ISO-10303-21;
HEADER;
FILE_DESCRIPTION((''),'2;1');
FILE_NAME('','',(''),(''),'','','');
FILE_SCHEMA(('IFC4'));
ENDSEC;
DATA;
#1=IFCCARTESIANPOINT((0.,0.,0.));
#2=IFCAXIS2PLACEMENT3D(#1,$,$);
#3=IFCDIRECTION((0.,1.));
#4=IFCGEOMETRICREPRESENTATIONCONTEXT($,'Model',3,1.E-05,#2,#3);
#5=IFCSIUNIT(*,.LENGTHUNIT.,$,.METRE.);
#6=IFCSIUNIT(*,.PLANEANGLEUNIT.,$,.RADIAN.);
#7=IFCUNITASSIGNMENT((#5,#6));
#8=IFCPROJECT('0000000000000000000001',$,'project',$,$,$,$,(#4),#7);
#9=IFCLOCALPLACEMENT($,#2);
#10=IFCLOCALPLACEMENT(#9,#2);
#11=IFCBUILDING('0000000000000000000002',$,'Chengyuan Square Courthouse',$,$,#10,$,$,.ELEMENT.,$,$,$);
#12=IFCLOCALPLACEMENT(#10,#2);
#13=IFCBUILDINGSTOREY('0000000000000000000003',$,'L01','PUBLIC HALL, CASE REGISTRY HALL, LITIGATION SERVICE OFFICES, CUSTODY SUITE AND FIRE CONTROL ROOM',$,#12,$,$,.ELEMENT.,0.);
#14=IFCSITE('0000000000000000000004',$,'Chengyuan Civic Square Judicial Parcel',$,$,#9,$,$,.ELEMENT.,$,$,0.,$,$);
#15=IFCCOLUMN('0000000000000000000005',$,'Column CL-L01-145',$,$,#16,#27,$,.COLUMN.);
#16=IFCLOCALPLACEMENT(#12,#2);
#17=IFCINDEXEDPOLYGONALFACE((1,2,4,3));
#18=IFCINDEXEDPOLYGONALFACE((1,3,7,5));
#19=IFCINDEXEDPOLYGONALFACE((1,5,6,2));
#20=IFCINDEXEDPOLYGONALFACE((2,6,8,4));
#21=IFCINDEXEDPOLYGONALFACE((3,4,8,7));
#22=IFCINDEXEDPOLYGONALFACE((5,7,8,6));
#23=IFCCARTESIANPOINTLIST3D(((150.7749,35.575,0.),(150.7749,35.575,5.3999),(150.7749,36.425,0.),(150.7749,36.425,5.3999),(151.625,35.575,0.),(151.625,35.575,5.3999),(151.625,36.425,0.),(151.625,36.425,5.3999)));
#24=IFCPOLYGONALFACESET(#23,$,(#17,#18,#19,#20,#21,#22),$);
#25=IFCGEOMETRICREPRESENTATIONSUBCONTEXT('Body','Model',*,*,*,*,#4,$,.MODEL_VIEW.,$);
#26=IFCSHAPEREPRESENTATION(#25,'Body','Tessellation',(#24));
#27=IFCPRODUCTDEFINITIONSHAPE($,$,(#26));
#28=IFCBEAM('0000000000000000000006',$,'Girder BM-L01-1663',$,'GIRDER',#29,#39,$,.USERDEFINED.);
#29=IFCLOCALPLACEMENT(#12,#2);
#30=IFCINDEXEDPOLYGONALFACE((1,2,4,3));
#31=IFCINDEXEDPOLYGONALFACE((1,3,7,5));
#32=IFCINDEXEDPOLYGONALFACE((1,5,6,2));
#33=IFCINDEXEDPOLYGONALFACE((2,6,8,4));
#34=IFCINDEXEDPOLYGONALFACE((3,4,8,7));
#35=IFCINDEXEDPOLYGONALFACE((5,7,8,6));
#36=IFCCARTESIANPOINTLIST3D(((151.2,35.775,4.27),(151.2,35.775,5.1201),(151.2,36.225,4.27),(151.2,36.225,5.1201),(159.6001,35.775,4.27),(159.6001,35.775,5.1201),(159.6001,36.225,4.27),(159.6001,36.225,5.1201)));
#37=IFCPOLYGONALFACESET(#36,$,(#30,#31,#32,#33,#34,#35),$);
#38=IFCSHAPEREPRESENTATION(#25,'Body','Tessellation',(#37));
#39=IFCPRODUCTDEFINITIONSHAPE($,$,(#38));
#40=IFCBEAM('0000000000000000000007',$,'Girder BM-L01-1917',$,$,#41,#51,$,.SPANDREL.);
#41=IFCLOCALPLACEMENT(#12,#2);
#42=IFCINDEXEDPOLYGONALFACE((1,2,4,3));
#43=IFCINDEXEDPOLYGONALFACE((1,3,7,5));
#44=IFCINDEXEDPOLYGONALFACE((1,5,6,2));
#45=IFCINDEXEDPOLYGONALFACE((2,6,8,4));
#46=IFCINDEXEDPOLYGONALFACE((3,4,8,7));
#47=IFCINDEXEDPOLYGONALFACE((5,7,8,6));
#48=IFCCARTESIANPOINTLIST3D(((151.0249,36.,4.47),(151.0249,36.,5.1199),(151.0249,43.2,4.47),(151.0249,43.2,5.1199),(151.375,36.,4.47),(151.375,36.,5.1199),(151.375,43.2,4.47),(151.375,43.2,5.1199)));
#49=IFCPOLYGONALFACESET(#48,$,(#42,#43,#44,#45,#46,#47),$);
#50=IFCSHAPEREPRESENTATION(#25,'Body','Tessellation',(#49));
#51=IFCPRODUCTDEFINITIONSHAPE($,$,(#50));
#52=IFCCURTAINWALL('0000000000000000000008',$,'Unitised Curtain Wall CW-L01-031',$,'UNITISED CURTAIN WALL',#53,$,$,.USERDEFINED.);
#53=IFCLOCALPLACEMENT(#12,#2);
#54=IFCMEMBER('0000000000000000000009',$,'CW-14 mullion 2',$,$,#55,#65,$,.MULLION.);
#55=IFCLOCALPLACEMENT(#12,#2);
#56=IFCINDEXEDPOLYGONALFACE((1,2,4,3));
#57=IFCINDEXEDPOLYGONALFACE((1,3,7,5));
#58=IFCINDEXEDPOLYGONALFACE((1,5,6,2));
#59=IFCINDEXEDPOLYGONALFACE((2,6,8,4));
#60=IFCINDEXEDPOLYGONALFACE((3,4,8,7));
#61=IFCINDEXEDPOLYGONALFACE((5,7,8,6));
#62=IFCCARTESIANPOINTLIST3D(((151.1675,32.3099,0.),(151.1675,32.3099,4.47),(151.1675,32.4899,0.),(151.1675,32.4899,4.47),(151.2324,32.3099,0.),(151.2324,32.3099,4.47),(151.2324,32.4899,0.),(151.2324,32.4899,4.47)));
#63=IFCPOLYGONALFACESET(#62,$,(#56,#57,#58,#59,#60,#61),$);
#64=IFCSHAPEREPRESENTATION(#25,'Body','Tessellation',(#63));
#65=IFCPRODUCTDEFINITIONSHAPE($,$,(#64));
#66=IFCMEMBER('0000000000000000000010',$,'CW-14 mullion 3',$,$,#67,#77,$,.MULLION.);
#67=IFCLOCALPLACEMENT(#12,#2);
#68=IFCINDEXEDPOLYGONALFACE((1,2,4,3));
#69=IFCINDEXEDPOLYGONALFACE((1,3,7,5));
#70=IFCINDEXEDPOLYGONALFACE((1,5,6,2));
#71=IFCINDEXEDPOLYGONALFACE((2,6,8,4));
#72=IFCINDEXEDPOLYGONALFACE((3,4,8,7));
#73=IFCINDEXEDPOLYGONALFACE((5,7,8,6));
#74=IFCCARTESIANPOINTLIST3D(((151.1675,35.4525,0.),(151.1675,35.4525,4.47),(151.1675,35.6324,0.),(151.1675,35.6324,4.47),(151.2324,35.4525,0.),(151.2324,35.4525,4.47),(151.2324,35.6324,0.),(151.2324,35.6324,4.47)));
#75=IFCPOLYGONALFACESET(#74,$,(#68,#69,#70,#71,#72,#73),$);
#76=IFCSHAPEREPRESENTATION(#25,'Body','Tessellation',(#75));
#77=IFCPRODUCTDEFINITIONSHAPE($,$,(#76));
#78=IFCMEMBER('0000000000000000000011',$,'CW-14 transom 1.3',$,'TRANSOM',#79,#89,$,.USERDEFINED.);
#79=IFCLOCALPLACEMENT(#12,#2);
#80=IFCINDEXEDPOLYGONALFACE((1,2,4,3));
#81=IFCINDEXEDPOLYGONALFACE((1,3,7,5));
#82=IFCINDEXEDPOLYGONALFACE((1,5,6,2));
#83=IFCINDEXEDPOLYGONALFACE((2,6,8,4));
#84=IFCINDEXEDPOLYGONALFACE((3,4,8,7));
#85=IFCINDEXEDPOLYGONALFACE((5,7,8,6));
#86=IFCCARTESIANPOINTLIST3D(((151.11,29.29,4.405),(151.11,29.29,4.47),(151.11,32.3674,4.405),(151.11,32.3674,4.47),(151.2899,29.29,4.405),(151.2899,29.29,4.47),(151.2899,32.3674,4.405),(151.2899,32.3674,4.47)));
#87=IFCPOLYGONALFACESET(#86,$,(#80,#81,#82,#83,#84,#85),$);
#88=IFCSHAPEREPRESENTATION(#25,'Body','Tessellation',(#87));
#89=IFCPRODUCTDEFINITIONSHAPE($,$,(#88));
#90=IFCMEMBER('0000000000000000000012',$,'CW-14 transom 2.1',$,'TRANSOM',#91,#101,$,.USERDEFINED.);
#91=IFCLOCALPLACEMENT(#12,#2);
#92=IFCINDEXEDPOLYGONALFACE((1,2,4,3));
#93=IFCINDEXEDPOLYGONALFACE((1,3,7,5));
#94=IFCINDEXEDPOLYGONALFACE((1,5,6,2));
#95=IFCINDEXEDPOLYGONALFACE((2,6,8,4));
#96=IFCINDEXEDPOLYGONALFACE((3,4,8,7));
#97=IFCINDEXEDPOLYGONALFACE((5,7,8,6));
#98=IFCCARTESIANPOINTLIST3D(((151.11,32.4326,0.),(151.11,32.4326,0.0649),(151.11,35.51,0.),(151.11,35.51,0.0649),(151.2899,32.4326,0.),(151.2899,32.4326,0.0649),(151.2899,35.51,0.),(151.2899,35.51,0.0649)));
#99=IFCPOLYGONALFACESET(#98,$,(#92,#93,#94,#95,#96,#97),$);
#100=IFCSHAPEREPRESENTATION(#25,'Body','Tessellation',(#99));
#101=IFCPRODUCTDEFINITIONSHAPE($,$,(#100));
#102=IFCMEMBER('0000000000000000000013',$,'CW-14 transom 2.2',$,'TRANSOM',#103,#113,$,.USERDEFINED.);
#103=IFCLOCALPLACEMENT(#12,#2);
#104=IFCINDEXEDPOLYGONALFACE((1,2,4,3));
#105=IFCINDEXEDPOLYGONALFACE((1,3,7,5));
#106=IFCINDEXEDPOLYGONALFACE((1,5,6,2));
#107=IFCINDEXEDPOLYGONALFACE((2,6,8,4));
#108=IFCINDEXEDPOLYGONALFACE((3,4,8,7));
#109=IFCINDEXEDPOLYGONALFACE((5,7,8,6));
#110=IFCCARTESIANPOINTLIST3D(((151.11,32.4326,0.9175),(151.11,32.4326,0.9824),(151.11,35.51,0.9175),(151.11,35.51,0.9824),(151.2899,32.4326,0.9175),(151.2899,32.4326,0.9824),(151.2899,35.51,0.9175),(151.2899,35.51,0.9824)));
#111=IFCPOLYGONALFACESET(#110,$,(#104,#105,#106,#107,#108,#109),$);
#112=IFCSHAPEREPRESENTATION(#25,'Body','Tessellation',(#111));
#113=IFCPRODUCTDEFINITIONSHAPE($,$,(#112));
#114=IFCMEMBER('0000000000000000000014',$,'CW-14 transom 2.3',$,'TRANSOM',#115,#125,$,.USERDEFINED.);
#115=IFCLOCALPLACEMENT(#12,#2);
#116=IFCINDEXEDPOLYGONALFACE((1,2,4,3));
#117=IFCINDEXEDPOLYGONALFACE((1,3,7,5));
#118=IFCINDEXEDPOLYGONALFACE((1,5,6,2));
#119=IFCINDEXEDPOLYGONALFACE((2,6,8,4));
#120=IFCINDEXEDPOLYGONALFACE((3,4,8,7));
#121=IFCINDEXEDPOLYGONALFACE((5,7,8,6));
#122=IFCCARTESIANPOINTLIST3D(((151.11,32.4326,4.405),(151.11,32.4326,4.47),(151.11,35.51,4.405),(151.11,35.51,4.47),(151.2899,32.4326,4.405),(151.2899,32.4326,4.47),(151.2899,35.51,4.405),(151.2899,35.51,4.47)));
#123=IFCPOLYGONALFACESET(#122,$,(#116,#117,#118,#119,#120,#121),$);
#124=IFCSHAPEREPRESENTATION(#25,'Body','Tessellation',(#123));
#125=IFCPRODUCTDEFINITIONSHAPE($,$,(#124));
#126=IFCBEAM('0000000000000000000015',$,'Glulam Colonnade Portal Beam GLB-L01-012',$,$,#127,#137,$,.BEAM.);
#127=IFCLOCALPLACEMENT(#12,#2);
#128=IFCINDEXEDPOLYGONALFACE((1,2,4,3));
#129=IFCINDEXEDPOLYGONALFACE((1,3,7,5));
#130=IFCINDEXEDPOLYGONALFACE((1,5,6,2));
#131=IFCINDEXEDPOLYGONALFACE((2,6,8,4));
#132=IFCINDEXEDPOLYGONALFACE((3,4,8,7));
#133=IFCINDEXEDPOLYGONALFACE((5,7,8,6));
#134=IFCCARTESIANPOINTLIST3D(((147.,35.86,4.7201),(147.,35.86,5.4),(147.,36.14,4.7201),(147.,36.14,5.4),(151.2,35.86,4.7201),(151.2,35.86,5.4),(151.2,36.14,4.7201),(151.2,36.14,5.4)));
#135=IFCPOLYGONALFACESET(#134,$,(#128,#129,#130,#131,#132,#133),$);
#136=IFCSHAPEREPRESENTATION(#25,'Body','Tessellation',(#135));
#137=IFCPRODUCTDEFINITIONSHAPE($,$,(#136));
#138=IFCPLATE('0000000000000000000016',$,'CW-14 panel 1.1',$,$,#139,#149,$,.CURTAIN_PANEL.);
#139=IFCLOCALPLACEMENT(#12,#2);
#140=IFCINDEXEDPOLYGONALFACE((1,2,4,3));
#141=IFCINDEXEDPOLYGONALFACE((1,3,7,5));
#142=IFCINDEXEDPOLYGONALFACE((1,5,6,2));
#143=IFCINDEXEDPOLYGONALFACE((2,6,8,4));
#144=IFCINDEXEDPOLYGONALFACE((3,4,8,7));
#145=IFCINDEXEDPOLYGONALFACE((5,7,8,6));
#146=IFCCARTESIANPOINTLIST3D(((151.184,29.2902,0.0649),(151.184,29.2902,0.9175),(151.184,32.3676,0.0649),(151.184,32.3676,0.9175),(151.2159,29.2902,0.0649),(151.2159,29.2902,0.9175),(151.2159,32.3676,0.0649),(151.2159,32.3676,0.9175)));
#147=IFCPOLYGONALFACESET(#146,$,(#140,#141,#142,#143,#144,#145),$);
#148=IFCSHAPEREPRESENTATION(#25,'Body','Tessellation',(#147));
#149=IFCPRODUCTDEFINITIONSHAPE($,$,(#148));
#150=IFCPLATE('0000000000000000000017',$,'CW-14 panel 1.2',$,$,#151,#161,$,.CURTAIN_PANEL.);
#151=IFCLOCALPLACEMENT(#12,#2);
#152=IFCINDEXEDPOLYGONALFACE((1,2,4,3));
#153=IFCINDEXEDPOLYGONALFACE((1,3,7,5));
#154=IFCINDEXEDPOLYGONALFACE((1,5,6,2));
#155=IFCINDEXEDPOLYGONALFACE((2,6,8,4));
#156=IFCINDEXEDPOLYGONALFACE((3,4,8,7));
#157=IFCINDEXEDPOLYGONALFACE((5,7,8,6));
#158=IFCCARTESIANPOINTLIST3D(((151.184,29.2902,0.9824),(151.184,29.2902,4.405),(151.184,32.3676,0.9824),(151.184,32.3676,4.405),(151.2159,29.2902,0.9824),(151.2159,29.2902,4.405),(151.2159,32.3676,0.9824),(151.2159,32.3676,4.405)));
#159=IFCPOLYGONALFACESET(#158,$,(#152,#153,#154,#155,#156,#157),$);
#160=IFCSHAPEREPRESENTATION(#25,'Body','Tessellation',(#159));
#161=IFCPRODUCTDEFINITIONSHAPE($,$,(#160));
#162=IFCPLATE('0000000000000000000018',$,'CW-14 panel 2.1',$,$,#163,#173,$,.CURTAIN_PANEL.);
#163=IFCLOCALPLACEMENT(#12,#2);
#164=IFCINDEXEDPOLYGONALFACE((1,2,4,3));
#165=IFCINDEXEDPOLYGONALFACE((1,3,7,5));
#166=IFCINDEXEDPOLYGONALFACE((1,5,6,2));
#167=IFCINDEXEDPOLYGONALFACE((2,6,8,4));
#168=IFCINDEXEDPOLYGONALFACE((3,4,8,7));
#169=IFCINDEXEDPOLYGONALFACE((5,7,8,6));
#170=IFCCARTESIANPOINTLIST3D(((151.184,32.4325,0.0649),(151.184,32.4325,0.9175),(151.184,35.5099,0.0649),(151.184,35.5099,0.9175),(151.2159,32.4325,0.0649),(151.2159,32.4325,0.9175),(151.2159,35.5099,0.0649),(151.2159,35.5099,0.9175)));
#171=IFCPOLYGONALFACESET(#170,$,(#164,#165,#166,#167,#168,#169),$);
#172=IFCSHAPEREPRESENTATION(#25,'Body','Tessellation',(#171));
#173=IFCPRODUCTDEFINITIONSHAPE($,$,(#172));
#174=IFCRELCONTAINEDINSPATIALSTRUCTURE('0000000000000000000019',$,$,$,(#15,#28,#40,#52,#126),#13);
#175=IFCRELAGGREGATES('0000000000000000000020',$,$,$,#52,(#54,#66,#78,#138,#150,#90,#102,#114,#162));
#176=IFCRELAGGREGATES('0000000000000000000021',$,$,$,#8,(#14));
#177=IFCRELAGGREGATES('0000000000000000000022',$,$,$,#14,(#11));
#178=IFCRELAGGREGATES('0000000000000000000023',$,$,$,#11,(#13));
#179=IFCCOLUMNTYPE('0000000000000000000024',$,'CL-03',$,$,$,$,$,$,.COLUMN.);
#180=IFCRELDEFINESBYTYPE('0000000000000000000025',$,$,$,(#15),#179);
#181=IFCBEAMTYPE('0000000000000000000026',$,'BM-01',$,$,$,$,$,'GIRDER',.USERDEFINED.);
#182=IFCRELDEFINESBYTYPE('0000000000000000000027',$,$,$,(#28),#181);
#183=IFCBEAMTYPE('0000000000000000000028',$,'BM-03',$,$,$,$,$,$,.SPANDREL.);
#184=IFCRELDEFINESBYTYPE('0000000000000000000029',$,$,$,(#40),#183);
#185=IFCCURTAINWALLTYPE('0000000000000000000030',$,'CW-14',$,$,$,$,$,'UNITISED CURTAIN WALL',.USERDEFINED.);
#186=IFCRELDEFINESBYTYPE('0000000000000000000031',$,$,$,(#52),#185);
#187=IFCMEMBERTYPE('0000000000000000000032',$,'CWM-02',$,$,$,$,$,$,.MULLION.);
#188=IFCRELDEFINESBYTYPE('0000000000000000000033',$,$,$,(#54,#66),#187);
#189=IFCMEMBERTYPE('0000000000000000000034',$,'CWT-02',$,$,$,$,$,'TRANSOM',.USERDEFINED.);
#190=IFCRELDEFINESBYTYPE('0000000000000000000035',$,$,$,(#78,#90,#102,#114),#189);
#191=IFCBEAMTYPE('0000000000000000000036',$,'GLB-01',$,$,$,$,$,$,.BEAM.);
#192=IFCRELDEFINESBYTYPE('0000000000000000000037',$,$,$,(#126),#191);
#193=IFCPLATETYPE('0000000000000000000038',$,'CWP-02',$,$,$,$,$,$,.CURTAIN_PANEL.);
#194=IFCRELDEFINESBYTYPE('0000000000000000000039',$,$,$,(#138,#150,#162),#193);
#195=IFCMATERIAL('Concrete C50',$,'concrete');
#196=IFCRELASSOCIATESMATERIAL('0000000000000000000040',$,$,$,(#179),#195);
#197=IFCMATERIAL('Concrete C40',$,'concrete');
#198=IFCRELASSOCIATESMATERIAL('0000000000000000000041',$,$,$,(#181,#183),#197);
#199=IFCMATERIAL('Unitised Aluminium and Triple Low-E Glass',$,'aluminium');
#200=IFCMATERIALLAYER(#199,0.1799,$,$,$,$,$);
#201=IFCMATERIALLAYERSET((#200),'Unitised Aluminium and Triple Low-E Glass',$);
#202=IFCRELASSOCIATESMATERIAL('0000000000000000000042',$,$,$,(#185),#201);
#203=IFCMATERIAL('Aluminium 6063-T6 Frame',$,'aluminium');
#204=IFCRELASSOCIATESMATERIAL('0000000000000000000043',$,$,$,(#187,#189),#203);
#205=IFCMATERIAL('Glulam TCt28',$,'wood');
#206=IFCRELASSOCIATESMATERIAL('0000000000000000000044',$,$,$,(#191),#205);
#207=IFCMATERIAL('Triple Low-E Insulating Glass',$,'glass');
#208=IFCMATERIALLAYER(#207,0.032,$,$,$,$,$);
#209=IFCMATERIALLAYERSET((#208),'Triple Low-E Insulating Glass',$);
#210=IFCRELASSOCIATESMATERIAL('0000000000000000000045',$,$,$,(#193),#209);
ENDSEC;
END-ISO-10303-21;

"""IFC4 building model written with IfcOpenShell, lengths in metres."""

from ifc_helpers import new_model, si_unit, direction, frame, origin, origin_2d, place, context, subcontext, project, spatial, rectangle, extrude, material, layer, layer_set, material_profile, profile_set, type_object, element, aggregate, save


model = new_model("IFC4")

# Units and contexts
model_context = context("Model", 3, precision=1e-05, world=origin(), true_north=direction((0.0, 1.0)))
body_context = subcontext(model_context, "Body", "Model", "MODEL_VIEW")
ifc_project = project(units=[si_unit("LENGTHUNIT", "METRE"), si_unit("PLANEANGLEUNIT", "RADIAN")], contexts=[model_context])

# Site, building, storey
site_placement = place(None, origin())
site = spatial("IfcSite", under=ifc_project, at=site_placement, Name="Chengyuan Civic Square Judicial Parcel", CompositionType="ELEMENT", RefElevation=0.0)
building_placement = place(site_placement, origin())
building = spatial("IfcBuilding", under=site, at=building_placement, Name="Chengyuan Square Courthouse", CompositionType="ELEMENT")
storey_placement = place(building_placement, origin())
storey = spatial("IfcBuildingStorey", under=building, at=storey_placement, Name="L01", Description="PUBLIC HALL, CASE REGISTRY HALL, LITIGATION SERVICE OFFICES, CUSTODY SUITE AND FIRE CONTROL ROOM", CompositionType="ELEMENT", Elevation=0.0)

# Column
ifc_material_1 = material(Name="Concrete C50", Category="concrete")
ifc_material_profile_1 = material_profile(ifc_material_1, rectangle(XDim=0.8501, YDim=0.8501, at=origin_2d()), Name="RC-COL-850x850")
ifc_profile_set_1 = profile_set([ifc_material_profile_1], Name="Concrete C50")
column_type = type_object("IfcColumnType", Name="CL-03", PredefinedType="COLUMN", material=ifc_profile_set_1)
column_placement = place(storey_placement, frame((151.2, 36.0, 0.0), z_axis=(0.0, 0.0, 1.0), x_axis=(1.0, 0.0, 0.0)))
element("IfcColumn", 1, at=column_placement, inside=storey, type_object=column_type, Name="Column CL-L01-145", PredefinedType="COLUMN", context=body_context, shape_type="SweptSolid", body=[
    extrude(rectangle(XDim=0.8501, YDim=0.8501, at=origin_2d()), origin(), (0.0, 0.0, 1.0), 5.3999),
])

# Beams
ifc_material_2 = material(Name="Concrete C40", Category="concrete")
ifc_material_profile_2 = material_profile(ifc_material_2, rectangle(XDim=0.45, YDim=0.8501, at=origin_2d()), Name="RC-BM-450x850")
ifc_profile_set_2 = profile_set([ifc_material_profile_2], Name="Concrete C40")
beam_type_1 = type_object("IfcBeamType", Name="BM-01", ElementType="GIRDER", PredefinedType="USERDEFINED", material=ifc_profile_set_2)
beam_1_placement = place(storey_placement, frame((151.2, 36.0, 4.6951), z_axis=(1.0, 0.0, 0.0), x_axis=(0.0, 1.0, 0.0)))
element("IfcBeam", 2, at=beam_1_placement, inside=storey, type_object=beam_type_1, Name="Girder BM-L01-1663", ObjectType="GIRDER", PredefinedType="USERDEFINED", context=body_context, shape_type="SweptSolid", body=[
    extrude(rectangle(XDim=0.45, YDim=0.8501, at=origin_2d()), origin(), (0.0, 0.0, 1.0), 8.4001),
])
ifc_material_profile_3 = material_profile(ifc_material_2, rectangle(XDim=0.3501, YDim=0.6499, at=origin_2d()), Name="RC-BM-350x650")
ifc_profile_set_3 = profile_set([ifc_material_profile_3], Name="Concrete C40")
beam_type_2 = type_object("IfcBeamType", Name="BM-03", PredefinedType="SPANDREL", material=ifc_profile_set_3)
beam_2_placement = place(storey_placement, frame((151.2, 36.0, 4.7949), z_axis=(0.0, 1.0, 0.0), x_axis=(-1.0, 0.0, 0.0)))
element("IfcBeam", 3, at=beam_2_placement, inside=storey, type_object=beam_type_2, Name="Girder BM-L01-1917", PredefinedType="SPANDREL", context=body_context, shape_type="SweptSolid", body=[
    extrude(rectangle(XDim=0.3501, YDim=0.6499, at=origin_2d()), origin(), (0.0, 0.0, 1.0), 7.2),
])

# Curtain wall, members
ifc_material_3 = material(Name="Unitised Aluminium and Triple Low-E Glass", Category="aluminium")
ifc_layer_1 = layer(ifc_material_3, 0.1799)
ifc_layer_set_1 = layer_set([ifc_layer_1], Name="Unitised Aluminium and Triple Low-E Glass")
curtain_wall_type = type_object("IfcCurtainWallType", Name="CW-14", ElementType="UNITISED CURTAIN WALL", PredefinedType="USERDEFINED", material=ifc_layer_set_1)
curtain_wall_placement = place(storey_placement, origin())
curtain_wall = element("IfcCurtainWall", 4, at=curtain_wall_placement, inside=storey, type_object=curtain_wall_type, Name="Unitised Curtain Wall CW-L01-031", ObjectType="UNITISED CURTAIN WALL", PredefinedType="USERDEFINED")
ifc_material_4 = material(Name="Aluminium 6063-T6 Frame", Category="aluminium")
ifc_material_profile_4 = material_profile(ifc_material_4, rectangle(XDim=0.0649, YDim=0.1799, at=origin_2d()), Name="CW-MUL-65x180")
ifc_profile_set_4 = profile_set([ifc_material_profile_4], Name="Aluminium 6063-T6 Frame")
member_type_1 = type_object("IfcMemberType", Name="CWM-02", PredefinedType="MULLION", material=ifc_profile_set_4)
member_1_placement = place(storey_placement, frame((151.2, 32.3999, 0.0), z_axis=(0.0, 0.0, 1.0), x_axis=(-1.0, 0.0, 0.0)))
member_1 = element("IfcMember", 5, at=member_1_placement, type_object=member_type_1, Name="CW-14 mullion 2", PredefinedType="MULLION", context=body_context, shape_type="SweptSolid", body=[
    extrude(rectangle(XDim=0.0649, YDim=0.1799, at=origin_2d()), origin(), (0.0, 0.0, 1.0), 4.47),
])
member_2_placement = place(storey_placement, frame((151.2, 35.5425, 0.0), z_axis=(0.0, 0.0, 1.0), x_axis=(-1.0, 0.0, 0.0)))
member_2 = element("IfcMember", 6, at=member_2_placement, type_object=member_type_1, Name="CW-14 mullion 3", PredefinedType="MULLION", context=body_context, shape_type="SweptSolid", body=[
    extrude(rectangle(XDim=0.0649, YDim=0.1799, at=origin_2d()), origin(), (0.0, 0.0, 1.0), 4.47),
])
ifc_material_profile_5 = material_profile(ifc_material_4, rectangle(XDim=0.1799, YDim=0.0649, at=origin_2d()), Name="CW-TRN-65x140")
ifc_profile_set_5 = profile_set([ifc_material_profile_5], Name="Aluminium 6063-T6 Frame")
member_type_2 = type_object("IfcMemberType", Name="CWT-02", ElementType="TRANSOM", PredefinedType="USERDEFINED", material=ifc_profile_set_5)
member_3_placement = place(storey_placement, frame((151.2, 29.29, 4.4375), z_axis=(0.0, 1.0, 0.0), x_axis=(-1.0, 0.0, 0.0)))
member_3 = element("IfcMember", 7, at=member_3_placement, type_object=member_type_2, Name="CW-14 transom 1.3", ObjectType="TRANSOM", PredefinedType="USERDEFINED", context=body_context, shape_type="SweptSolid", body=[
    extrude(rectangle(XDim=0.1799, YDim=0.0649, at=origin_2d()), origin(), (0.0, 0.0, 1.0), 3.0774),
])
member_4_placement = place(storey_placement, frame((151.2, 32.4326, 0.0325), z_axis=(0.0, 1.0, 0.0), x_axis=(-1.0, 0.0, 0.0)))
member_4 = element("IfcMember", 8, at=member_4_placement, type_object=member_type_2, Name="CW-14 transom 2.1", ObjectType="TRANSOM", PredefinedType="USERDEFINED", context=body_context, shape_type="SweptSolid", body=[
    extrude(rectangle(XDim=0.1799, YDim=0.0649, at=origin_2d()), origin(), (0.0, 0.0, 1.0), 3.0774),
])
member_5_placement = place(storey_placement, frame((151.2, 32.4326, 0.95), z_axis=(0.0, 1.0, 0.0), x_axis=(-1.0, 0.0, 0.0)))
member_5 = element("IfcMember", 9, at=member_5_placement, type_object=member_type_2, Name="CW-14 transom 2.2", ObjectType="TRANSOM", PredefinedType="USERDEFINED", context=body_context, shape_type="SweptSolid", body=[
    extrude(rectangle(XDim=0.1799, YDim=0.0649, at=origin_2d()), origin(), (0.0, 0.0, 1.0), 3.0774),
])
member_6_placement = place(storey_placement, frame((151.2, 32.4326, 4.4375), z_axis=(0.0, 1.0, 0.0), x_axis=(-1.0, 0.0, 0.0)))
member_6 = element("IfcMember", 10, at=member_6_placement, type_object=member_type_2, Name="CW-14 transom 2.3", ObjectType="TRANSOM", PredefinedType="USERDEFINED", context=body_context, shape_type="SweptSolid", body=[
    extrude(rectangle(XDim=0.1799, YDim=0.0649, at=origin_2d()), origin(), (0.0, 0.0, 1.0), 3.0774),
])

# Beam
ifc_material_5 = material(Name="Glulam TCt28", Category="wood")
ifc_material_profile_6 = material_profile(ifc_material_5, rectangle(XDim=0.28, YDim=0.6799, at=origin_2d()), Name="GL-BM-280x680")
ifc_profile_set_6 = profile_set([ifc_material_profile_6], Name="Glulam TCt28")
beam_type_3 = type_object("IfcBeamType", Name="GLB-01", PredefinedType="BEAM", material=ifc_profile_set_6)
beam_3_placement = place(storey_placement, frame((151.2, 36.0, 5.0601), z_axis=(-1.0, 0.0, 0.0), x_axis=(0.0, -1.0, 0.0)))
element("IfcBeam", 11, at=beam_3_placement, inside=storey, type_object=beam_type_3, Name="Glulam Colonnade Portal Beam GLB-L01-012", PredefinedType="BEAM", context=body_context, shape_type="SweptSolid", body=[
    extrude(rectangle(XDim=0.28, YDim=0.6799, at=origin_2d()), origin(), (0.0, 0.0, 1.0), 4.2),
])

# Plates
ifc_material_6 = material(Name="Triple Low-E Insulating Glass", Category="glass")
ifc_layer_2 = layer(ifc_material_6, 0.032)
ifc_layer_set_2 = layer_set([ifc_layer_2], Name="Triple Low-E Insulating Glass")
plate_type = type_object("IfcPlateType", Name="CWP-02", PredefinedType="CURTAIN_PANEL", material=ifc_layer_set_2)
plate_1_placement = place(storey_placement, frame((151.2, 30.8289, 0.0649), z_axis=(0.0, 0.0, 1.0), x_axis=(0.0, 1.0, 0.0)))
plate_1 = element("IfcPlate", 12, at=plate_1_placement, type_object=plate_type, Name="CW-14 panel 1.1", PredefinedType="CURTAIN_PANEL", context=body_context, shape_type="SweptSolid", body=[
    extrude(rectangle(XDim=3.0774, YDim=0.032, at=origin_2d()), origin(), (0.0, 0.0, 1.0), 0.8525),
])
plate_2_placement = place(storey_placement, frame((151.2, 30.8289, 0.9824), z_axis=(0.0, 0.0, 1.0), x_axis=(0.0, 1.0, 0.0)))
plate_2 = element("IfcPlate", 13, at=plate_2_placement, type_object=plate_type, Name="CW-14 panel 1.2", PredefinedType="CURTAIN_PANEL", context=body_context, shape_type="SweptSolid", body=[
    extrude(rectangle(XDim=3.0774, YDim=0.032, at=origin_2d()), origin(), (0.0, 0.0, 1.0), 3.4226),
])
plate_3_placement = place(storey_placement, frame((151.2, 33.9712, 0.0649), z_axis=(0.0, 0.0, 1.0), x_axis=(0.0, 1.0, 0.0)))
plate_3 = element("IfcPlate", 14, at=plate_3_placement, type_object=plate_type, Name="CW-14 panel 2.1", PredefinedType="CURTAIN_PANEL", context=body_context, shape_type="SweptSolid", body=[
    extrude(rectangle(XDim=3.0774, YDim=0.032, at=origin_2d()), origin(), (0.0, 0.0, 1.0), 0.8525),
])
aggregate(curtain_wall, [member_1, member_2, member_3, plate_1, plate_2, member_4, member_5, member_6, plate_3])

save(model, "model.ifc")
